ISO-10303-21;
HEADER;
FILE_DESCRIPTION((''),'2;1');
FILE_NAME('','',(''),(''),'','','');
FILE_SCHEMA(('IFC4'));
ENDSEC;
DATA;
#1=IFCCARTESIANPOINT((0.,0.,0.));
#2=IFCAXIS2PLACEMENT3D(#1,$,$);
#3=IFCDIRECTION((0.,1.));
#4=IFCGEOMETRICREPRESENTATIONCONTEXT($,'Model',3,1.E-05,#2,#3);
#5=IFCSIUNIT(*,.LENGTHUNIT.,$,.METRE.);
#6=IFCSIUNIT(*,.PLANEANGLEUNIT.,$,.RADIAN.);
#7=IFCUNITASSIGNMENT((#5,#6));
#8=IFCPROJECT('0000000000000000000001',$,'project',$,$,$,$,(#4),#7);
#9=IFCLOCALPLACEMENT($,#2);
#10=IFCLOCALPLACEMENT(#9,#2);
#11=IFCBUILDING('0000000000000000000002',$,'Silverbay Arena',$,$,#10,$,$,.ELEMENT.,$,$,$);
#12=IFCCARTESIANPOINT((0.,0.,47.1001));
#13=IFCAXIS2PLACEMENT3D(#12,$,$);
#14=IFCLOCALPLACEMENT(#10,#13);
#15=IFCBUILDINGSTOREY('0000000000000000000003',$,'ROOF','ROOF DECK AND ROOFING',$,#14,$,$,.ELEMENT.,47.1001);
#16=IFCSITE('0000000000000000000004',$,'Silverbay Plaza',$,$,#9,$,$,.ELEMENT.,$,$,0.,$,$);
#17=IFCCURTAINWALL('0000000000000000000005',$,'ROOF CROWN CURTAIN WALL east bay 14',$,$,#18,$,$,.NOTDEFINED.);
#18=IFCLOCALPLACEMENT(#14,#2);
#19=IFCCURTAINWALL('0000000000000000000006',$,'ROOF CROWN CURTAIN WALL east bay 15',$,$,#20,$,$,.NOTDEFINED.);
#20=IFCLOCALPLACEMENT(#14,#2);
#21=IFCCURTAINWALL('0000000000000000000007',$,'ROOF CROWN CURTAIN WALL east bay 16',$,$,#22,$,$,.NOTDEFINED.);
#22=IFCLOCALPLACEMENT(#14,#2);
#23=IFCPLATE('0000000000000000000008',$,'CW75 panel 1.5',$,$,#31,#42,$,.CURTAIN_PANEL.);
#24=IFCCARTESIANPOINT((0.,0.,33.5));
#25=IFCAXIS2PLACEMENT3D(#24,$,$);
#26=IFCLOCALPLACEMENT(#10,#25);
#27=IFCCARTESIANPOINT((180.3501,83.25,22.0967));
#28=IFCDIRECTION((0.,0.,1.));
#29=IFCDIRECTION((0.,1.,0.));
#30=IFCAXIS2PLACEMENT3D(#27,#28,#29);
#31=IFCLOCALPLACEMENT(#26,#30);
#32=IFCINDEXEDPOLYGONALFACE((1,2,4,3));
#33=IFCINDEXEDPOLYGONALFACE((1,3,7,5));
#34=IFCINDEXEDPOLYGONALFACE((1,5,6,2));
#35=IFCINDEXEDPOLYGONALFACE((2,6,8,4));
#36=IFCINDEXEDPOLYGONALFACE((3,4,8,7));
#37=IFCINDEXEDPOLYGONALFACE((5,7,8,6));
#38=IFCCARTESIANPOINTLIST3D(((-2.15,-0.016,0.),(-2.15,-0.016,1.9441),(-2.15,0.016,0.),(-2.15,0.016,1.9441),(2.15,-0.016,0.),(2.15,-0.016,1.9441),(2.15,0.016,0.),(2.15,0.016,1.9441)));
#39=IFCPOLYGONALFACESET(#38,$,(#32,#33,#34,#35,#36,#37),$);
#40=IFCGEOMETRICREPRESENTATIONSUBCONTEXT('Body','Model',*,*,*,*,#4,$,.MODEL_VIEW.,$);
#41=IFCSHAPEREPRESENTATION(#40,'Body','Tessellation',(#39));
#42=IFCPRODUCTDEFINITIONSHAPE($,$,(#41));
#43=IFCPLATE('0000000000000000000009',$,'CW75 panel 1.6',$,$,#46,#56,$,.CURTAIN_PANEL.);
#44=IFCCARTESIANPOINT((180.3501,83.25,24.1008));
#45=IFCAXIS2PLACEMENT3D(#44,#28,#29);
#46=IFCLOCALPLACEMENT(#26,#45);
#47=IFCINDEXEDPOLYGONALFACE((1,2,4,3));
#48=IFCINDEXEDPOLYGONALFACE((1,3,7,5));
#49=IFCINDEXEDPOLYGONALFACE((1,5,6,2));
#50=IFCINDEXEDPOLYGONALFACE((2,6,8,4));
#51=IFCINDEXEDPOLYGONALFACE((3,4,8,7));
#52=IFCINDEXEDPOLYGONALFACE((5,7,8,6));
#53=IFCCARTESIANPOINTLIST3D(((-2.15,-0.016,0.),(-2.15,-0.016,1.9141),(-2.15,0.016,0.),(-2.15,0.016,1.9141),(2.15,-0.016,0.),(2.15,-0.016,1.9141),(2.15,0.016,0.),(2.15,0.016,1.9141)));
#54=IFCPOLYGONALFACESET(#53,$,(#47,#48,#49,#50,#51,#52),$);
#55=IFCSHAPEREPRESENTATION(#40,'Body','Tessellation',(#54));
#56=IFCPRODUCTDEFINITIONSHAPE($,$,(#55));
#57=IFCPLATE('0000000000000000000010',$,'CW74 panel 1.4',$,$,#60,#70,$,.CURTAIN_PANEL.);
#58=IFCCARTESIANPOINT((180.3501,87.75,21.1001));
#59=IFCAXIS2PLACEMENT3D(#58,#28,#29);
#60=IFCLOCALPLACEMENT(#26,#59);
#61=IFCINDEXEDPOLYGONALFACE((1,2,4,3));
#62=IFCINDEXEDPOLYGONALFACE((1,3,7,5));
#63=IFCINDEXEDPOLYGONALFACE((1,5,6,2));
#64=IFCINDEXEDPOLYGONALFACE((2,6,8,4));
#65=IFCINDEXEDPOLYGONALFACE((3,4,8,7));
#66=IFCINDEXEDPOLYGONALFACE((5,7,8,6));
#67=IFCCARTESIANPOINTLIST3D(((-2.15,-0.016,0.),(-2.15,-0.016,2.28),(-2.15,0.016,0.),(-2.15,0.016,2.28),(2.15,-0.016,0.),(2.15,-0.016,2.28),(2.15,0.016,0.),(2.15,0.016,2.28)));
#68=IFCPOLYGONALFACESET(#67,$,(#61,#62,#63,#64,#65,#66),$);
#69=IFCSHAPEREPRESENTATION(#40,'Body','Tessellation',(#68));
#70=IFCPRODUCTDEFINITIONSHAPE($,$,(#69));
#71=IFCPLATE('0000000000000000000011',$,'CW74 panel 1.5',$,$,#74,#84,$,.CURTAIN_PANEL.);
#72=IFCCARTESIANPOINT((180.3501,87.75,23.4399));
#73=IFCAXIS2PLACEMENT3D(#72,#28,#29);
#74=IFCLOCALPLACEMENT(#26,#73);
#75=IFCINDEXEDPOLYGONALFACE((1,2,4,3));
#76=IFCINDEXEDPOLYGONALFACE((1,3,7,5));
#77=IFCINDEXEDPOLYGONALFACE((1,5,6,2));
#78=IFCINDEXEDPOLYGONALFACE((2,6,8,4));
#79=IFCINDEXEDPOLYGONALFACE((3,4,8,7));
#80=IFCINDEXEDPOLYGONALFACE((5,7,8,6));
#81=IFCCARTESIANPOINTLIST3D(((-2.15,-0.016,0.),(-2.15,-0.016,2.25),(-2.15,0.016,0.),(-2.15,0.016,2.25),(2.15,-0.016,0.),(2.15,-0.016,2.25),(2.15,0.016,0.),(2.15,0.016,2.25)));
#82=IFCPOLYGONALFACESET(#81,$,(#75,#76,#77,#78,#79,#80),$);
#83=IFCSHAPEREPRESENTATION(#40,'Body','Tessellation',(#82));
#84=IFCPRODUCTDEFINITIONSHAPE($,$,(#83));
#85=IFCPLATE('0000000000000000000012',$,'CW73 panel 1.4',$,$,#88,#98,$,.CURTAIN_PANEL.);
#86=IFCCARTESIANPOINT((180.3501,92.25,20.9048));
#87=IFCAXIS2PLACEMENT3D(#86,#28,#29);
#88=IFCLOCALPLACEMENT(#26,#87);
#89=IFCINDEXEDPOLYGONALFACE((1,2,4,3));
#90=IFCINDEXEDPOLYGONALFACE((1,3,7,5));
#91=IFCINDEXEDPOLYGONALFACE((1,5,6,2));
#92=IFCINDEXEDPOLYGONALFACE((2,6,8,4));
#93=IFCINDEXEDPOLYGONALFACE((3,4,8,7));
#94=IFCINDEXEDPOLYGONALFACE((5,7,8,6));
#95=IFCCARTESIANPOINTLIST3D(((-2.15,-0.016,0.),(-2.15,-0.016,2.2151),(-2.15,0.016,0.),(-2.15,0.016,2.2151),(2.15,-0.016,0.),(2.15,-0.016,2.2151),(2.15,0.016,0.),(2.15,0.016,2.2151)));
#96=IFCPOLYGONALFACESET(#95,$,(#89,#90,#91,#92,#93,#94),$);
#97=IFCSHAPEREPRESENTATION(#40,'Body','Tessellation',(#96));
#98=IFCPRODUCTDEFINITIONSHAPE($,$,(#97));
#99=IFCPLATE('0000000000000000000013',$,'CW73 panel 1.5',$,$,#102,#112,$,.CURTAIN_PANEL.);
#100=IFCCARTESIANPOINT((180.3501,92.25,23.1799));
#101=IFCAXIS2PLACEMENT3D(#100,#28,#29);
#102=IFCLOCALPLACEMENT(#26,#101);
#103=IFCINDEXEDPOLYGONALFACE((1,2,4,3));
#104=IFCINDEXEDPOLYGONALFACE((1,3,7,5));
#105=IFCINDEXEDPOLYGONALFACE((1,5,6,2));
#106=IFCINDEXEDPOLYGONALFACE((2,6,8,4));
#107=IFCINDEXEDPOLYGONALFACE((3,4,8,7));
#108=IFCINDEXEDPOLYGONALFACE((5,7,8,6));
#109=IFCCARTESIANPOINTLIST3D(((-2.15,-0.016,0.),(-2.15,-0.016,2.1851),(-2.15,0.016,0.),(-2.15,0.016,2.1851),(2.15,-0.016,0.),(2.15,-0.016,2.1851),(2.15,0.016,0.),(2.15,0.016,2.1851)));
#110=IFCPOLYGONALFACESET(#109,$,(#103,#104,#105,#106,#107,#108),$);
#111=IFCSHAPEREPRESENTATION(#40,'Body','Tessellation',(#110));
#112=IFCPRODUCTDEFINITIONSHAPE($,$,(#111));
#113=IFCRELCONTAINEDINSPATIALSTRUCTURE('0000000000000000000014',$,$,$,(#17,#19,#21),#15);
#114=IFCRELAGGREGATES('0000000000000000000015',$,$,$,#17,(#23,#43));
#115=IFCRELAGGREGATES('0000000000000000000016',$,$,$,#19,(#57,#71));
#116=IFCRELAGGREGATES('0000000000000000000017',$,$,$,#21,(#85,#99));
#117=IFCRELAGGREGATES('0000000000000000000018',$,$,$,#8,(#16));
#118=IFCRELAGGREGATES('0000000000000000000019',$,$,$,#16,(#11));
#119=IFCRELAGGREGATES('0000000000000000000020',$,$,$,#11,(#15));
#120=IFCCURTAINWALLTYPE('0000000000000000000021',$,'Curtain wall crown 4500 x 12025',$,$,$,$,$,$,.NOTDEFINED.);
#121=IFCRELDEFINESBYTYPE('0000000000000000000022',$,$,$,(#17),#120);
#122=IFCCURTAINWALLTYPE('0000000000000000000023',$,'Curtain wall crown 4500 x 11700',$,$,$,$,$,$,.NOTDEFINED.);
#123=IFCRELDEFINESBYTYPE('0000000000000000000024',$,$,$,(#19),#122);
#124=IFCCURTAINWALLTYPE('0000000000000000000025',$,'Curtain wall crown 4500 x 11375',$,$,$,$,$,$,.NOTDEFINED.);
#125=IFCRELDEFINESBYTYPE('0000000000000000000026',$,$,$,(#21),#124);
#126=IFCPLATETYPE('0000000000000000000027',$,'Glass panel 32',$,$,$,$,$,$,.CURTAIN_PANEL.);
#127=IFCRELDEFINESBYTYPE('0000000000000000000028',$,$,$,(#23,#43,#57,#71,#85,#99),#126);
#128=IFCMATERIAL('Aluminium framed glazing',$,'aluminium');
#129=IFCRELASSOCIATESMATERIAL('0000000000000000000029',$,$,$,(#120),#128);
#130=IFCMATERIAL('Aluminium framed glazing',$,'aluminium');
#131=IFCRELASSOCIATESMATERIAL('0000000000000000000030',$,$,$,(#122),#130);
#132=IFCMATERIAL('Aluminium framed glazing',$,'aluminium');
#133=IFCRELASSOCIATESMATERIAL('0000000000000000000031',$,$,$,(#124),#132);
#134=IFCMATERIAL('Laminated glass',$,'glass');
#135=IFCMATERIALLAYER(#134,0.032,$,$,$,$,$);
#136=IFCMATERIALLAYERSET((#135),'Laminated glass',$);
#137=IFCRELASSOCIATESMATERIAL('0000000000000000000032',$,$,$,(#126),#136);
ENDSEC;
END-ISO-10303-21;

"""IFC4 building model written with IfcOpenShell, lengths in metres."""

from ifc_helpers import new_model, si_unit, direction, frame, origin, origin_2d, place, context, subcontext, project, spatial, rectangle, extrude, material, layer, layer_set, type_object, element, aggregate, save


model = new_model("IFC4")

# Units and contexts
model_context = context("Model", 3, precision=1e-05, world=origin(), true_north=direction((0.0, 1.0)))
body_context = subcontext(model_context, "Body", "Model", "MODEL_VIEW")
ifc_project = project(units=[si_unit("LENGTHUNIT", "METRE"), si_unit("PLANEANGLEUNIT", "RADIAN")], contexts=[model_context])

# Site, building, storey
site_placement = place(None, origin())
site = spatial("IfcSite", under=ifc_project, at=site_placement, Name="Silverbay Plaza", CompositionType="ELEMENT", RefElevation=0.0)
building_placement = place(site_placement, origin())
building = spatial("IfcBuilding", under=site, at=building_placement, Name="Silverbay Arena", CompositionType="ELEMENT")
storey_placement = place(building_placement, frame((0.0, 0.0, 47.1001)))
storey = spatial("IfcBuildingStorey", under=building, at=storey_placement, Name="ROOF", Description="ROOF DECK AND ROOFING", CompositionType="ELEMENT", Elevation=47.1001)

# Curtain walls
ifc_material_1 = material(Name="Aluminium framed glazing", Category="aluminium")
curtain_wall_type_1 = type_object("IfcCurtainWallType", Name="Curtain wall crown 4500 x 12025", PredefinedType="NOTDEFINED", material=ifc_material_1)
curtain_wall_1_placement = place(storey_placement, origin())
curtain_wall_1 = element("IfcCurtainWall", 1, at=curtain_wall_1_placement, inside=storey, type_object=curtain_wall_type_1, Name="ROOF CROWN CURTAIN WALL east bay 14", PredefinedType="NOTDEFINED")
placement = place(building_placement, frame((0.0, 0.0, 33.5)))
ifc_material_2 = material(Name="Aluminium framed glazing", Category="aluminium")
curtain_wall_type_2 = type_object("IfcCurtainWallType", Name="Curtain wall crown 4500 x 11700", PredefinedType="NOTDEFINED", material=ifc_material_2)
curtain_wall_2_placement = place(storey_placement, origin())
curtain_wall_2 = element("IfcCurtainWall", 2, at=curtain_wall_2_placement, inside=storey, type_object=curtain_wall_type_2, Name="ROOF CROWN CURTAIN WALL east bay 15", PredefinedType="NOTDEFINED")
ifc_material_3 = material(Name="Aluminium framed glazing", Category="aluminium")
curtain_wall_type_3 = type_object("IfcCurtainWallType", Name="Curtain wall crown 4500 x 11375", PredefinedType="NOTDEFINED", material=ifc_material_3)
curtain_wall_3_placement = place(storey_placement, origin())
curtain_wall_3 = element("IfcCurtainWall", 3, at=curtain_wall_3_placement, inside=storey, type_object=curtain_wall_type_3, Name="ROOF CROWN CURTAIN WALL east bay 16", PredefinedType="NOTDEFINED")

# Plates
ifc_material_4 = material(Name="Laminated glass", Category="glass")
ifc_layer_1 = layer(ifc_material_4, 0.032)
ifc_layer_set_1 = layer_set([ifc_layer_1], Name="Laminated glass")
plate_type = type_object("IfcPlateType", Name="Glass panel 32", PredefinedType="CURTAIN_PANEL", material=ifc_layer_set_1)
plate_1_placement = place(placement, frame((180.3501, 83.25, 22.0967), z_axis=(0.0, 0.0, 1.0), x_axis=(0.0, 1.0, 0.0)))
plate_1 = element("IfcPlate", 4, at=plate_1_placement, type_object=plate_type, Name="CW75 panel 1.5", PredefinedType="CURTAIN_PANEL", context=body_context, shape_type="SweptSolid", body=[
    extrude(rectangle(XDim=4.3, YDim=0.032, at=origin_2d()), origin(), (0.0, 0.0, 1.0), 1.9441),
])
plate_2_placement = place(placement, frame((180.3501, 83.25, 24.1008), z_axis=(0.0, 0.0, 1.0), x_axis=(0.0, 1.0, 0.0)))
plate_2 = element("IfcPlate", 5, at=plate_2_placement, type_object=plate_type, Name="CW75 panel 1.6", PredefinedType="CURTAIN_PANEL", context=body_context, shape_type="SweptSolid", body=[
    extrude(rectangle(XDim=4.3, YDim=0.032, at=origin_2d()), origin(), (0.0, 0.0, 1.0), 1.9141),
])
aggregate(curtain_wall_1, [plate_1, plate_2])
plate_3_placement = place(placement, frame((180.3501, 87.75, 21.1001), z_axis=(0.0, 0.0, 1.0), x_axis=(0.0, 1.0, 0.0)))
plate_3 = element("IfcPlate", 6, at=plate_3_placement, type_object=plate_type, Name="CW74 panel 1.4", PredefinedType="CURTAIN_PANEL", context=body_context, shape_type="SweptSolid", body=[
    extrude(rectangle(XDim=4.3, YDim=0.032, at=origin_2d()), origin(), (0.0, 0.0, 1.0), 2.28),
])
plate_4_placement = place(placement, frame((180.3501, 87.75, 23.4399), z_axis=(0.0, 0.0, 1.0), x_axis=(0.0, 1.0, 0.0)))
plate_4 = element("IfcPlate", 7, at=plate_4_placement, type_object=plate_type, Name="CW74 panel 1.5", PredefinedType="CURTAIN_PANEL", context=body_context, shape_type="SweptSolid", body=[
    extrude(rectangle(XDim=4.3, YDim=0.032, at=origin_2d()), origin(), (0.0, 0.0, 1.0), 2.25),
])
aggregate(curtain_wall_2, [plate_3, plate_4])
plate_5_placement = place(placement, frame((180.3501, 92.25, 20.9048), z_axis=(0.0, 0.0, 1.0), x_axis=(0.0, 1.0, 0.0)))
plate_5 = element("IfcPlate", 8, at=plate_5_placement, type_object=plate_type, Name="CW73 panel 1.4", PredefinedType="CURTAIN_PANEL", context=body_context, shape_type="SweptSolid", body=[
    extrude(rectangle(XDim=4.3, YDim=0.032, at=origin_2d()), origin(), (0.0, 0.0, 1.0), 2.2151),
])
plate_6_placement = place(placement, frame((180.3501, 92.25, 23.1799), z_axis=(0.0, 0.0, 1.0), x_axis=(0.0, 1.0, 0.0)))
plate_6 = element("IfcPlate", 9, at=plate_6_placement, type_object=plate_type, Name="CW73 panel 1.5", PredefinedType="CURTAIN_PANEL", context=body_context, shape_type="SweptSolid", body=[
    extrude(rectangle(XDim=4.3, YDim=0.032, at=origin_2d()), origin(), (0.0, 0.0, 1.0), 2.1851),
])
aggregate(curtain_wall_3, [plate_5, plate_6])

save(model, "model.ifc")
